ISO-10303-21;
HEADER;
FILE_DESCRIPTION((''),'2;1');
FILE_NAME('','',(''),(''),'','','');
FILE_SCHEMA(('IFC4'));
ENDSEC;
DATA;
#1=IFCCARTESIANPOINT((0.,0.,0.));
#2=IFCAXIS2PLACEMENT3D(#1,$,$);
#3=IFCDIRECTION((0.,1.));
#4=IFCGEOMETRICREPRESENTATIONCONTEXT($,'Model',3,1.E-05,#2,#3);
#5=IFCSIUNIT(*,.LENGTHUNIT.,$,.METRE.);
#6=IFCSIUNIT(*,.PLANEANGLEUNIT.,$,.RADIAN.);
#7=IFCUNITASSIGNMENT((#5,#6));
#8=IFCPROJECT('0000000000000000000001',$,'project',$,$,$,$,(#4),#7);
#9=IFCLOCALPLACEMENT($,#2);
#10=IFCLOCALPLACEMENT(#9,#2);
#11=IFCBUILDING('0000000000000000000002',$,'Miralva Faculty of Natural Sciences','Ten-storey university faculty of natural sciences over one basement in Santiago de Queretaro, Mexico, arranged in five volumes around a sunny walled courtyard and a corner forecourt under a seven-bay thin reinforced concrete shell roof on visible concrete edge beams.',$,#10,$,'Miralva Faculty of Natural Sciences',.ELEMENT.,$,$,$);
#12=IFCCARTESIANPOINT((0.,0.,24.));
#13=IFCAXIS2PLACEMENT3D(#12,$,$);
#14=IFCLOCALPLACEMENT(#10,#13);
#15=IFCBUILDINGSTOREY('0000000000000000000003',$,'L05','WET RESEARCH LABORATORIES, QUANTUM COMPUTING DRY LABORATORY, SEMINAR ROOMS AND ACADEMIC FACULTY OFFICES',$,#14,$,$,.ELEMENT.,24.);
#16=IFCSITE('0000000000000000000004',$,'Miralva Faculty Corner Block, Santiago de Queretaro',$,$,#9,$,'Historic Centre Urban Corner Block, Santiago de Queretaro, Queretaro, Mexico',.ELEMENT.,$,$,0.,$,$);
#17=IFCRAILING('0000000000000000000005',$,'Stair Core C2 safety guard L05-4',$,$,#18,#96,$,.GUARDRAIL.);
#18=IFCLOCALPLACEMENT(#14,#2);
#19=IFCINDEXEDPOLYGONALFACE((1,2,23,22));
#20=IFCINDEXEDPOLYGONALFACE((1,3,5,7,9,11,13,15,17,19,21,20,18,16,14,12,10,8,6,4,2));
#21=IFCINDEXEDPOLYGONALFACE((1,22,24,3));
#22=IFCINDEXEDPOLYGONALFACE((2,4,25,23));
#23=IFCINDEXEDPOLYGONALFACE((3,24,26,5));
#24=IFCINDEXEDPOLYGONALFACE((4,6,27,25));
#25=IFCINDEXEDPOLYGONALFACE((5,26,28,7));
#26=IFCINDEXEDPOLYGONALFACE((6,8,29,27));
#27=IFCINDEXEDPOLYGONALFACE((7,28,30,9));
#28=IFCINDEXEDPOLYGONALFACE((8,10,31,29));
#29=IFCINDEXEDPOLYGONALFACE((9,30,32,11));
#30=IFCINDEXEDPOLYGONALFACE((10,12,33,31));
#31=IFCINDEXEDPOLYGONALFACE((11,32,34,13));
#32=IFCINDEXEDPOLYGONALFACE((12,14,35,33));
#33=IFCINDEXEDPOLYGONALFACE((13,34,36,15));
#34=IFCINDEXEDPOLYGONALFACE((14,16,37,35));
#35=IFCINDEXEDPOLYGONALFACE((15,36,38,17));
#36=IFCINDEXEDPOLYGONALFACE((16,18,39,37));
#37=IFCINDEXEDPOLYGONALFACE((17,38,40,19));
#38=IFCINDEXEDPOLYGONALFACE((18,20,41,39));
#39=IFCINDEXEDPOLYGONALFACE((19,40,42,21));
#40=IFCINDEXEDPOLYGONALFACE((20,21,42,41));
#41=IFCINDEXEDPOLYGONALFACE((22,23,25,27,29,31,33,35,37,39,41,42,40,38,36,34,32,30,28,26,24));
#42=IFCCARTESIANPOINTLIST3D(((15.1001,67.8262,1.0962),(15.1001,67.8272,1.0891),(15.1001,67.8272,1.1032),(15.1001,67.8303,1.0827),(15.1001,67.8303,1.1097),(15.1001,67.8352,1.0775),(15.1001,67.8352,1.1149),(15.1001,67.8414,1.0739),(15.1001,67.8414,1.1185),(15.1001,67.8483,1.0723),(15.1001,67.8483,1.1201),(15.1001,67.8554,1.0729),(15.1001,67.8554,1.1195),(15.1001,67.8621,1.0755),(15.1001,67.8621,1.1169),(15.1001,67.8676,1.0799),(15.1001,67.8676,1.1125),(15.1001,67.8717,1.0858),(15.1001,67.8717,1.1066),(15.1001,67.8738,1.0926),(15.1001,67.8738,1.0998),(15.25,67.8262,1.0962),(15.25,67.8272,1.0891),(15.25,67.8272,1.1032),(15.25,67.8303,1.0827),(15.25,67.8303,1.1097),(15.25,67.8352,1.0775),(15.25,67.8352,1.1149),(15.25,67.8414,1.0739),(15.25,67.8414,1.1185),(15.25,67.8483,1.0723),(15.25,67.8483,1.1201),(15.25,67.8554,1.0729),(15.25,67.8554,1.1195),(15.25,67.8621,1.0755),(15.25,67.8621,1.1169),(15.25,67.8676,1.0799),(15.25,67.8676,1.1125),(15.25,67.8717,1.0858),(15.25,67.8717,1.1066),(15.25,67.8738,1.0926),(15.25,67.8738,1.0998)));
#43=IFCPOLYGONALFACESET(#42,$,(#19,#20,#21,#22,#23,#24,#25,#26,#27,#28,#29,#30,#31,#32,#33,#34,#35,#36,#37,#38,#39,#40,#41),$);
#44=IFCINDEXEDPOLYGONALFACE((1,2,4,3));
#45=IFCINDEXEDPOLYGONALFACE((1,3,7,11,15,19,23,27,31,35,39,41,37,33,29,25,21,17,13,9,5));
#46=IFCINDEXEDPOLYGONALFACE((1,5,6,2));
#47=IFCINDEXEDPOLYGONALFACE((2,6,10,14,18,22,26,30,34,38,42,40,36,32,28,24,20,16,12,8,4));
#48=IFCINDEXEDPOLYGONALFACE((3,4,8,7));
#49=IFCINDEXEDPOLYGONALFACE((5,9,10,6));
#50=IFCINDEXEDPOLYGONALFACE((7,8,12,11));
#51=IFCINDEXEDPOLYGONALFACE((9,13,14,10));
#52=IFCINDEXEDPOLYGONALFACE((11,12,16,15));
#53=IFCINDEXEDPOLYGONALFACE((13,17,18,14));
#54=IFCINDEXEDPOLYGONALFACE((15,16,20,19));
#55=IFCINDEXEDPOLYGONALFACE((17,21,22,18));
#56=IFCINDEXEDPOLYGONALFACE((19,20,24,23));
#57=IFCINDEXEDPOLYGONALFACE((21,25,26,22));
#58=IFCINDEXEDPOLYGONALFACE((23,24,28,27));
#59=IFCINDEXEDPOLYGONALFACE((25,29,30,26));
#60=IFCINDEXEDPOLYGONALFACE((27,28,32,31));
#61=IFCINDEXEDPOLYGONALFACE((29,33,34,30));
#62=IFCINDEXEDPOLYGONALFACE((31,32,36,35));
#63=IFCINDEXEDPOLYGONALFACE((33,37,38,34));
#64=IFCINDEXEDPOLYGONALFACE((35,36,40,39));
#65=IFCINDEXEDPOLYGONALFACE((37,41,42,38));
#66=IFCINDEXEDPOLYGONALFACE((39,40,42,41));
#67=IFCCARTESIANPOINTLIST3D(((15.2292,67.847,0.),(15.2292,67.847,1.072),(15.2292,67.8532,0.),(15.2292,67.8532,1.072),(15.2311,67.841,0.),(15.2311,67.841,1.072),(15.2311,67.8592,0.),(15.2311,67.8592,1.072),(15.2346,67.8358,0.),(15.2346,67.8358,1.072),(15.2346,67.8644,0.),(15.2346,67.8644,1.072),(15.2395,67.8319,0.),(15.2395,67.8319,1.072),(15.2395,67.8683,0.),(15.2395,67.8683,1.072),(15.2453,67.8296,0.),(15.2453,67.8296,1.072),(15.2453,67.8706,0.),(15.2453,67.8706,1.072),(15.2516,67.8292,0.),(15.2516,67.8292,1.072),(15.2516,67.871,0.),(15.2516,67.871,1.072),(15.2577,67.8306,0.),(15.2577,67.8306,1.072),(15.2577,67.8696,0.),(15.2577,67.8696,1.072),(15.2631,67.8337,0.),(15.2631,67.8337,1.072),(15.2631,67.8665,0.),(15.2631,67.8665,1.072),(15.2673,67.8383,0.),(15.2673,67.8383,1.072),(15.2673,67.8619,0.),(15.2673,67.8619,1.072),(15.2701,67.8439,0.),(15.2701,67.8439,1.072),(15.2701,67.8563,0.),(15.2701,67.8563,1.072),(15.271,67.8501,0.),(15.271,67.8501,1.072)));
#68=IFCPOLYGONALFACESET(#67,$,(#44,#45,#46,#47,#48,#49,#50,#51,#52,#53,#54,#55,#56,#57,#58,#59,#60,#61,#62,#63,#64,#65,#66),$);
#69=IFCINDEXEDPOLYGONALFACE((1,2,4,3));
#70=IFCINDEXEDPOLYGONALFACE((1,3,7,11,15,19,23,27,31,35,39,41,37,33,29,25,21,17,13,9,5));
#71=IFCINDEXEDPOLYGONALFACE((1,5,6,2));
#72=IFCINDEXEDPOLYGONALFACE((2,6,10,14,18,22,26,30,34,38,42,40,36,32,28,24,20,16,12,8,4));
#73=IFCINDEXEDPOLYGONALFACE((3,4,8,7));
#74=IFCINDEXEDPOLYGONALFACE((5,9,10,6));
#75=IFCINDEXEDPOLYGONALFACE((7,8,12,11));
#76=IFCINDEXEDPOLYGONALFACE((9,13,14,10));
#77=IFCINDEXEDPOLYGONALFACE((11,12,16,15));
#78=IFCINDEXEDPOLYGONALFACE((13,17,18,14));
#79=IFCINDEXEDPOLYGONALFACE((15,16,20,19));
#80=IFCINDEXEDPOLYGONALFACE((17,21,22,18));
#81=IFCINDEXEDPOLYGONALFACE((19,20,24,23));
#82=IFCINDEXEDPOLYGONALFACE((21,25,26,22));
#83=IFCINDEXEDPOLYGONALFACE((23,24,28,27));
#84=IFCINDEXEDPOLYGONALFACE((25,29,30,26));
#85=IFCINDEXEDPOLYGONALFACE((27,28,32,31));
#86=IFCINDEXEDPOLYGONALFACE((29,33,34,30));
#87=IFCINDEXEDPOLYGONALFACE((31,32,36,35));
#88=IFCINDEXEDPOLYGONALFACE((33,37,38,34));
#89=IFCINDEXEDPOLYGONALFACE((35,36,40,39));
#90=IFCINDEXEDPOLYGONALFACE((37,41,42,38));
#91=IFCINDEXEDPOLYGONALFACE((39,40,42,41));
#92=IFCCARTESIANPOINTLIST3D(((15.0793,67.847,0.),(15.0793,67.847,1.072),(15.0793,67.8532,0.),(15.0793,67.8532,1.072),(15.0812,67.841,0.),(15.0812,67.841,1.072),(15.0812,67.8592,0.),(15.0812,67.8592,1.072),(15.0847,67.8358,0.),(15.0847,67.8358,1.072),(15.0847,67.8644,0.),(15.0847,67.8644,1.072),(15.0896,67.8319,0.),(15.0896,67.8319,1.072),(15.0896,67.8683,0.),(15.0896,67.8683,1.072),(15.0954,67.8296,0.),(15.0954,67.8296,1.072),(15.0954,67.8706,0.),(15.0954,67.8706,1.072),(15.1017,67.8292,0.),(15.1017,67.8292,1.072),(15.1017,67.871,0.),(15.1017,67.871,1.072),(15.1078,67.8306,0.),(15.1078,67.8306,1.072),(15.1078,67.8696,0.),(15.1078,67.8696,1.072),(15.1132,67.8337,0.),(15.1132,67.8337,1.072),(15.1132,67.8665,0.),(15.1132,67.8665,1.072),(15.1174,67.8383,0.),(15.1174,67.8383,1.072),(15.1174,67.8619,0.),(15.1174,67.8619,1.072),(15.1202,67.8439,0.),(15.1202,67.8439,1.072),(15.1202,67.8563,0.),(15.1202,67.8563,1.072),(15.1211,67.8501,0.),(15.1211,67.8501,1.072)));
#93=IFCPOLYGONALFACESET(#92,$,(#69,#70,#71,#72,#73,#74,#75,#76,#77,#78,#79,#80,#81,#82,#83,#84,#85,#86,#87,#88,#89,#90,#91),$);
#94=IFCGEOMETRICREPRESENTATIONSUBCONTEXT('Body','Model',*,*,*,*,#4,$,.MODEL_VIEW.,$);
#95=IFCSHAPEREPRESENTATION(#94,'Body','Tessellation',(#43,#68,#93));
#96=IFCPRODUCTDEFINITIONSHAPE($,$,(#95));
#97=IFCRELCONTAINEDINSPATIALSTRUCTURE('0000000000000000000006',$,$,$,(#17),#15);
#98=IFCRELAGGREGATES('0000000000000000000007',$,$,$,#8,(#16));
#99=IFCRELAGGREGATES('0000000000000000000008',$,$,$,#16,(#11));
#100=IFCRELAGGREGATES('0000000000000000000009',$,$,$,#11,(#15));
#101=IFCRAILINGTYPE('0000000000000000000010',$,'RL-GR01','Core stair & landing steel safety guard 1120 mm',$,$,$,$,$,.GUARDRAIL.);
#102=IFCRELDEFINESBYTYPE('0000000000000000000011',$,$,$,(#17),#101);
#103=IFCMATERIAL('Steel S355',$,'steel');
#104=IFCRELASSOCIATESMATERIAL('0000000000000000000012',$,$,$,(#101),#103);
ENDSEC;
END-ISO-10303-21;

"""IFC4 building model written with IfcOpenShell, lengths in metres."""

from ifc_helpers import new_model, si_unit, direction, frame, origin, origin_2d, place, context, subcontext, project, spatial, circle, extrude, material, type_object, element, save


model = new_model("IFC4")

# Units and contexts
model_context = context("Model", 3, precision=1e-05, world=origin(), true_north=direction((0.0, 1.0)))
body_context = subcontext(model_context, "Body", "Model", "MODEL_VIEW")
ifc_project = project(units=[si_unit("LENGTHUNIT", "METRE"), si_unit("PLANEANGLEUNIT", "RADIAN")], contexts=[model_context])

# Site, building, storey
site_placement = place(None, origin())
site = spatial("IfcSite", under=ifc_project, at=site_placement, Name="Miralva Faculty Corner Block, Santiago de Queretaro", LongName="Historic Centre Urban Corner Block, Santiago de Queretaro, Queretaro, Mexico", CompositionType="ELEMENT", RefElevation=0.0)
building_placement = place(site_placement, origin())
building = spatial("IfcBuilding", under=site, at=building_placement, Name="Miralva Faculty of Natural Sciences", Description="Ten-storey university faculty of natural sciences over one basement in Santiago de Queretaro, Mexico, arranged in five volumes around a sunny walled courtyard and a corner forecourt under a seven-bay thin reinforced concrete shell roof on visible concrete edge beams.", LongName="Miralva Faculty of Natural Sciences", CompositionType="ELEMENT")
storey_placement = place(building_placement, frame((0.0, 0.0, 24.0)))
storey = spatial("IfcBuildingStorey", under=building, at=storey_placement, Name="L05", Description="WET RESEARCH LABORATORIES, QUANTUM COMPUTING DRY LABORATORY, SEMINAR ROOMS AND ACADEMIC FACULTY OFFICES", CompositionType="ELEMENT", Elevation=24.0)

# Railing
ifc_material_1 = material(Name="Steel S355", Category="steel")
railing_type_1 = type_object("IfcRailingType", Name="RL-GR01", Description="Core stair & landing steel safety guard 1120 mm", PredefinedType="GUARDRAIL", material=ifc_material_1)
railing_1_placement = place(storey_placement, frame((15.25, 67.8501, 0.0)))
element("IfcRailing", 1, at=railing_1_placement, inside=storey, type_object=railing_type_1, Name="Stair Core C2 safety guard L05-4", PredefinedType="GUARDRAIL", context=body_context, shape_type="SweptSolid", body=[
    extrude(circle(Radius=0.0239, at=origin_2d()), frame((0.0, 0.0, 1.0962), z_axis=(-1.0, 0.0, 0.0), x_axis=(0.0, -1.0, 0.0)), (0.0, 0.0, 1.0), 0.1499),
    extrude(circle(Radius=0.021, at=origin_2d()), origin(), (0.0, 0.0, 1.0), 1.072),
    extrude(circle(Radius=0.021, at=origin_2d()), frame((-0.1499, 0.0, 0.0)), (0.0, 0.0, 1.0), 1.072),
])

save(model, "model.ifc")
